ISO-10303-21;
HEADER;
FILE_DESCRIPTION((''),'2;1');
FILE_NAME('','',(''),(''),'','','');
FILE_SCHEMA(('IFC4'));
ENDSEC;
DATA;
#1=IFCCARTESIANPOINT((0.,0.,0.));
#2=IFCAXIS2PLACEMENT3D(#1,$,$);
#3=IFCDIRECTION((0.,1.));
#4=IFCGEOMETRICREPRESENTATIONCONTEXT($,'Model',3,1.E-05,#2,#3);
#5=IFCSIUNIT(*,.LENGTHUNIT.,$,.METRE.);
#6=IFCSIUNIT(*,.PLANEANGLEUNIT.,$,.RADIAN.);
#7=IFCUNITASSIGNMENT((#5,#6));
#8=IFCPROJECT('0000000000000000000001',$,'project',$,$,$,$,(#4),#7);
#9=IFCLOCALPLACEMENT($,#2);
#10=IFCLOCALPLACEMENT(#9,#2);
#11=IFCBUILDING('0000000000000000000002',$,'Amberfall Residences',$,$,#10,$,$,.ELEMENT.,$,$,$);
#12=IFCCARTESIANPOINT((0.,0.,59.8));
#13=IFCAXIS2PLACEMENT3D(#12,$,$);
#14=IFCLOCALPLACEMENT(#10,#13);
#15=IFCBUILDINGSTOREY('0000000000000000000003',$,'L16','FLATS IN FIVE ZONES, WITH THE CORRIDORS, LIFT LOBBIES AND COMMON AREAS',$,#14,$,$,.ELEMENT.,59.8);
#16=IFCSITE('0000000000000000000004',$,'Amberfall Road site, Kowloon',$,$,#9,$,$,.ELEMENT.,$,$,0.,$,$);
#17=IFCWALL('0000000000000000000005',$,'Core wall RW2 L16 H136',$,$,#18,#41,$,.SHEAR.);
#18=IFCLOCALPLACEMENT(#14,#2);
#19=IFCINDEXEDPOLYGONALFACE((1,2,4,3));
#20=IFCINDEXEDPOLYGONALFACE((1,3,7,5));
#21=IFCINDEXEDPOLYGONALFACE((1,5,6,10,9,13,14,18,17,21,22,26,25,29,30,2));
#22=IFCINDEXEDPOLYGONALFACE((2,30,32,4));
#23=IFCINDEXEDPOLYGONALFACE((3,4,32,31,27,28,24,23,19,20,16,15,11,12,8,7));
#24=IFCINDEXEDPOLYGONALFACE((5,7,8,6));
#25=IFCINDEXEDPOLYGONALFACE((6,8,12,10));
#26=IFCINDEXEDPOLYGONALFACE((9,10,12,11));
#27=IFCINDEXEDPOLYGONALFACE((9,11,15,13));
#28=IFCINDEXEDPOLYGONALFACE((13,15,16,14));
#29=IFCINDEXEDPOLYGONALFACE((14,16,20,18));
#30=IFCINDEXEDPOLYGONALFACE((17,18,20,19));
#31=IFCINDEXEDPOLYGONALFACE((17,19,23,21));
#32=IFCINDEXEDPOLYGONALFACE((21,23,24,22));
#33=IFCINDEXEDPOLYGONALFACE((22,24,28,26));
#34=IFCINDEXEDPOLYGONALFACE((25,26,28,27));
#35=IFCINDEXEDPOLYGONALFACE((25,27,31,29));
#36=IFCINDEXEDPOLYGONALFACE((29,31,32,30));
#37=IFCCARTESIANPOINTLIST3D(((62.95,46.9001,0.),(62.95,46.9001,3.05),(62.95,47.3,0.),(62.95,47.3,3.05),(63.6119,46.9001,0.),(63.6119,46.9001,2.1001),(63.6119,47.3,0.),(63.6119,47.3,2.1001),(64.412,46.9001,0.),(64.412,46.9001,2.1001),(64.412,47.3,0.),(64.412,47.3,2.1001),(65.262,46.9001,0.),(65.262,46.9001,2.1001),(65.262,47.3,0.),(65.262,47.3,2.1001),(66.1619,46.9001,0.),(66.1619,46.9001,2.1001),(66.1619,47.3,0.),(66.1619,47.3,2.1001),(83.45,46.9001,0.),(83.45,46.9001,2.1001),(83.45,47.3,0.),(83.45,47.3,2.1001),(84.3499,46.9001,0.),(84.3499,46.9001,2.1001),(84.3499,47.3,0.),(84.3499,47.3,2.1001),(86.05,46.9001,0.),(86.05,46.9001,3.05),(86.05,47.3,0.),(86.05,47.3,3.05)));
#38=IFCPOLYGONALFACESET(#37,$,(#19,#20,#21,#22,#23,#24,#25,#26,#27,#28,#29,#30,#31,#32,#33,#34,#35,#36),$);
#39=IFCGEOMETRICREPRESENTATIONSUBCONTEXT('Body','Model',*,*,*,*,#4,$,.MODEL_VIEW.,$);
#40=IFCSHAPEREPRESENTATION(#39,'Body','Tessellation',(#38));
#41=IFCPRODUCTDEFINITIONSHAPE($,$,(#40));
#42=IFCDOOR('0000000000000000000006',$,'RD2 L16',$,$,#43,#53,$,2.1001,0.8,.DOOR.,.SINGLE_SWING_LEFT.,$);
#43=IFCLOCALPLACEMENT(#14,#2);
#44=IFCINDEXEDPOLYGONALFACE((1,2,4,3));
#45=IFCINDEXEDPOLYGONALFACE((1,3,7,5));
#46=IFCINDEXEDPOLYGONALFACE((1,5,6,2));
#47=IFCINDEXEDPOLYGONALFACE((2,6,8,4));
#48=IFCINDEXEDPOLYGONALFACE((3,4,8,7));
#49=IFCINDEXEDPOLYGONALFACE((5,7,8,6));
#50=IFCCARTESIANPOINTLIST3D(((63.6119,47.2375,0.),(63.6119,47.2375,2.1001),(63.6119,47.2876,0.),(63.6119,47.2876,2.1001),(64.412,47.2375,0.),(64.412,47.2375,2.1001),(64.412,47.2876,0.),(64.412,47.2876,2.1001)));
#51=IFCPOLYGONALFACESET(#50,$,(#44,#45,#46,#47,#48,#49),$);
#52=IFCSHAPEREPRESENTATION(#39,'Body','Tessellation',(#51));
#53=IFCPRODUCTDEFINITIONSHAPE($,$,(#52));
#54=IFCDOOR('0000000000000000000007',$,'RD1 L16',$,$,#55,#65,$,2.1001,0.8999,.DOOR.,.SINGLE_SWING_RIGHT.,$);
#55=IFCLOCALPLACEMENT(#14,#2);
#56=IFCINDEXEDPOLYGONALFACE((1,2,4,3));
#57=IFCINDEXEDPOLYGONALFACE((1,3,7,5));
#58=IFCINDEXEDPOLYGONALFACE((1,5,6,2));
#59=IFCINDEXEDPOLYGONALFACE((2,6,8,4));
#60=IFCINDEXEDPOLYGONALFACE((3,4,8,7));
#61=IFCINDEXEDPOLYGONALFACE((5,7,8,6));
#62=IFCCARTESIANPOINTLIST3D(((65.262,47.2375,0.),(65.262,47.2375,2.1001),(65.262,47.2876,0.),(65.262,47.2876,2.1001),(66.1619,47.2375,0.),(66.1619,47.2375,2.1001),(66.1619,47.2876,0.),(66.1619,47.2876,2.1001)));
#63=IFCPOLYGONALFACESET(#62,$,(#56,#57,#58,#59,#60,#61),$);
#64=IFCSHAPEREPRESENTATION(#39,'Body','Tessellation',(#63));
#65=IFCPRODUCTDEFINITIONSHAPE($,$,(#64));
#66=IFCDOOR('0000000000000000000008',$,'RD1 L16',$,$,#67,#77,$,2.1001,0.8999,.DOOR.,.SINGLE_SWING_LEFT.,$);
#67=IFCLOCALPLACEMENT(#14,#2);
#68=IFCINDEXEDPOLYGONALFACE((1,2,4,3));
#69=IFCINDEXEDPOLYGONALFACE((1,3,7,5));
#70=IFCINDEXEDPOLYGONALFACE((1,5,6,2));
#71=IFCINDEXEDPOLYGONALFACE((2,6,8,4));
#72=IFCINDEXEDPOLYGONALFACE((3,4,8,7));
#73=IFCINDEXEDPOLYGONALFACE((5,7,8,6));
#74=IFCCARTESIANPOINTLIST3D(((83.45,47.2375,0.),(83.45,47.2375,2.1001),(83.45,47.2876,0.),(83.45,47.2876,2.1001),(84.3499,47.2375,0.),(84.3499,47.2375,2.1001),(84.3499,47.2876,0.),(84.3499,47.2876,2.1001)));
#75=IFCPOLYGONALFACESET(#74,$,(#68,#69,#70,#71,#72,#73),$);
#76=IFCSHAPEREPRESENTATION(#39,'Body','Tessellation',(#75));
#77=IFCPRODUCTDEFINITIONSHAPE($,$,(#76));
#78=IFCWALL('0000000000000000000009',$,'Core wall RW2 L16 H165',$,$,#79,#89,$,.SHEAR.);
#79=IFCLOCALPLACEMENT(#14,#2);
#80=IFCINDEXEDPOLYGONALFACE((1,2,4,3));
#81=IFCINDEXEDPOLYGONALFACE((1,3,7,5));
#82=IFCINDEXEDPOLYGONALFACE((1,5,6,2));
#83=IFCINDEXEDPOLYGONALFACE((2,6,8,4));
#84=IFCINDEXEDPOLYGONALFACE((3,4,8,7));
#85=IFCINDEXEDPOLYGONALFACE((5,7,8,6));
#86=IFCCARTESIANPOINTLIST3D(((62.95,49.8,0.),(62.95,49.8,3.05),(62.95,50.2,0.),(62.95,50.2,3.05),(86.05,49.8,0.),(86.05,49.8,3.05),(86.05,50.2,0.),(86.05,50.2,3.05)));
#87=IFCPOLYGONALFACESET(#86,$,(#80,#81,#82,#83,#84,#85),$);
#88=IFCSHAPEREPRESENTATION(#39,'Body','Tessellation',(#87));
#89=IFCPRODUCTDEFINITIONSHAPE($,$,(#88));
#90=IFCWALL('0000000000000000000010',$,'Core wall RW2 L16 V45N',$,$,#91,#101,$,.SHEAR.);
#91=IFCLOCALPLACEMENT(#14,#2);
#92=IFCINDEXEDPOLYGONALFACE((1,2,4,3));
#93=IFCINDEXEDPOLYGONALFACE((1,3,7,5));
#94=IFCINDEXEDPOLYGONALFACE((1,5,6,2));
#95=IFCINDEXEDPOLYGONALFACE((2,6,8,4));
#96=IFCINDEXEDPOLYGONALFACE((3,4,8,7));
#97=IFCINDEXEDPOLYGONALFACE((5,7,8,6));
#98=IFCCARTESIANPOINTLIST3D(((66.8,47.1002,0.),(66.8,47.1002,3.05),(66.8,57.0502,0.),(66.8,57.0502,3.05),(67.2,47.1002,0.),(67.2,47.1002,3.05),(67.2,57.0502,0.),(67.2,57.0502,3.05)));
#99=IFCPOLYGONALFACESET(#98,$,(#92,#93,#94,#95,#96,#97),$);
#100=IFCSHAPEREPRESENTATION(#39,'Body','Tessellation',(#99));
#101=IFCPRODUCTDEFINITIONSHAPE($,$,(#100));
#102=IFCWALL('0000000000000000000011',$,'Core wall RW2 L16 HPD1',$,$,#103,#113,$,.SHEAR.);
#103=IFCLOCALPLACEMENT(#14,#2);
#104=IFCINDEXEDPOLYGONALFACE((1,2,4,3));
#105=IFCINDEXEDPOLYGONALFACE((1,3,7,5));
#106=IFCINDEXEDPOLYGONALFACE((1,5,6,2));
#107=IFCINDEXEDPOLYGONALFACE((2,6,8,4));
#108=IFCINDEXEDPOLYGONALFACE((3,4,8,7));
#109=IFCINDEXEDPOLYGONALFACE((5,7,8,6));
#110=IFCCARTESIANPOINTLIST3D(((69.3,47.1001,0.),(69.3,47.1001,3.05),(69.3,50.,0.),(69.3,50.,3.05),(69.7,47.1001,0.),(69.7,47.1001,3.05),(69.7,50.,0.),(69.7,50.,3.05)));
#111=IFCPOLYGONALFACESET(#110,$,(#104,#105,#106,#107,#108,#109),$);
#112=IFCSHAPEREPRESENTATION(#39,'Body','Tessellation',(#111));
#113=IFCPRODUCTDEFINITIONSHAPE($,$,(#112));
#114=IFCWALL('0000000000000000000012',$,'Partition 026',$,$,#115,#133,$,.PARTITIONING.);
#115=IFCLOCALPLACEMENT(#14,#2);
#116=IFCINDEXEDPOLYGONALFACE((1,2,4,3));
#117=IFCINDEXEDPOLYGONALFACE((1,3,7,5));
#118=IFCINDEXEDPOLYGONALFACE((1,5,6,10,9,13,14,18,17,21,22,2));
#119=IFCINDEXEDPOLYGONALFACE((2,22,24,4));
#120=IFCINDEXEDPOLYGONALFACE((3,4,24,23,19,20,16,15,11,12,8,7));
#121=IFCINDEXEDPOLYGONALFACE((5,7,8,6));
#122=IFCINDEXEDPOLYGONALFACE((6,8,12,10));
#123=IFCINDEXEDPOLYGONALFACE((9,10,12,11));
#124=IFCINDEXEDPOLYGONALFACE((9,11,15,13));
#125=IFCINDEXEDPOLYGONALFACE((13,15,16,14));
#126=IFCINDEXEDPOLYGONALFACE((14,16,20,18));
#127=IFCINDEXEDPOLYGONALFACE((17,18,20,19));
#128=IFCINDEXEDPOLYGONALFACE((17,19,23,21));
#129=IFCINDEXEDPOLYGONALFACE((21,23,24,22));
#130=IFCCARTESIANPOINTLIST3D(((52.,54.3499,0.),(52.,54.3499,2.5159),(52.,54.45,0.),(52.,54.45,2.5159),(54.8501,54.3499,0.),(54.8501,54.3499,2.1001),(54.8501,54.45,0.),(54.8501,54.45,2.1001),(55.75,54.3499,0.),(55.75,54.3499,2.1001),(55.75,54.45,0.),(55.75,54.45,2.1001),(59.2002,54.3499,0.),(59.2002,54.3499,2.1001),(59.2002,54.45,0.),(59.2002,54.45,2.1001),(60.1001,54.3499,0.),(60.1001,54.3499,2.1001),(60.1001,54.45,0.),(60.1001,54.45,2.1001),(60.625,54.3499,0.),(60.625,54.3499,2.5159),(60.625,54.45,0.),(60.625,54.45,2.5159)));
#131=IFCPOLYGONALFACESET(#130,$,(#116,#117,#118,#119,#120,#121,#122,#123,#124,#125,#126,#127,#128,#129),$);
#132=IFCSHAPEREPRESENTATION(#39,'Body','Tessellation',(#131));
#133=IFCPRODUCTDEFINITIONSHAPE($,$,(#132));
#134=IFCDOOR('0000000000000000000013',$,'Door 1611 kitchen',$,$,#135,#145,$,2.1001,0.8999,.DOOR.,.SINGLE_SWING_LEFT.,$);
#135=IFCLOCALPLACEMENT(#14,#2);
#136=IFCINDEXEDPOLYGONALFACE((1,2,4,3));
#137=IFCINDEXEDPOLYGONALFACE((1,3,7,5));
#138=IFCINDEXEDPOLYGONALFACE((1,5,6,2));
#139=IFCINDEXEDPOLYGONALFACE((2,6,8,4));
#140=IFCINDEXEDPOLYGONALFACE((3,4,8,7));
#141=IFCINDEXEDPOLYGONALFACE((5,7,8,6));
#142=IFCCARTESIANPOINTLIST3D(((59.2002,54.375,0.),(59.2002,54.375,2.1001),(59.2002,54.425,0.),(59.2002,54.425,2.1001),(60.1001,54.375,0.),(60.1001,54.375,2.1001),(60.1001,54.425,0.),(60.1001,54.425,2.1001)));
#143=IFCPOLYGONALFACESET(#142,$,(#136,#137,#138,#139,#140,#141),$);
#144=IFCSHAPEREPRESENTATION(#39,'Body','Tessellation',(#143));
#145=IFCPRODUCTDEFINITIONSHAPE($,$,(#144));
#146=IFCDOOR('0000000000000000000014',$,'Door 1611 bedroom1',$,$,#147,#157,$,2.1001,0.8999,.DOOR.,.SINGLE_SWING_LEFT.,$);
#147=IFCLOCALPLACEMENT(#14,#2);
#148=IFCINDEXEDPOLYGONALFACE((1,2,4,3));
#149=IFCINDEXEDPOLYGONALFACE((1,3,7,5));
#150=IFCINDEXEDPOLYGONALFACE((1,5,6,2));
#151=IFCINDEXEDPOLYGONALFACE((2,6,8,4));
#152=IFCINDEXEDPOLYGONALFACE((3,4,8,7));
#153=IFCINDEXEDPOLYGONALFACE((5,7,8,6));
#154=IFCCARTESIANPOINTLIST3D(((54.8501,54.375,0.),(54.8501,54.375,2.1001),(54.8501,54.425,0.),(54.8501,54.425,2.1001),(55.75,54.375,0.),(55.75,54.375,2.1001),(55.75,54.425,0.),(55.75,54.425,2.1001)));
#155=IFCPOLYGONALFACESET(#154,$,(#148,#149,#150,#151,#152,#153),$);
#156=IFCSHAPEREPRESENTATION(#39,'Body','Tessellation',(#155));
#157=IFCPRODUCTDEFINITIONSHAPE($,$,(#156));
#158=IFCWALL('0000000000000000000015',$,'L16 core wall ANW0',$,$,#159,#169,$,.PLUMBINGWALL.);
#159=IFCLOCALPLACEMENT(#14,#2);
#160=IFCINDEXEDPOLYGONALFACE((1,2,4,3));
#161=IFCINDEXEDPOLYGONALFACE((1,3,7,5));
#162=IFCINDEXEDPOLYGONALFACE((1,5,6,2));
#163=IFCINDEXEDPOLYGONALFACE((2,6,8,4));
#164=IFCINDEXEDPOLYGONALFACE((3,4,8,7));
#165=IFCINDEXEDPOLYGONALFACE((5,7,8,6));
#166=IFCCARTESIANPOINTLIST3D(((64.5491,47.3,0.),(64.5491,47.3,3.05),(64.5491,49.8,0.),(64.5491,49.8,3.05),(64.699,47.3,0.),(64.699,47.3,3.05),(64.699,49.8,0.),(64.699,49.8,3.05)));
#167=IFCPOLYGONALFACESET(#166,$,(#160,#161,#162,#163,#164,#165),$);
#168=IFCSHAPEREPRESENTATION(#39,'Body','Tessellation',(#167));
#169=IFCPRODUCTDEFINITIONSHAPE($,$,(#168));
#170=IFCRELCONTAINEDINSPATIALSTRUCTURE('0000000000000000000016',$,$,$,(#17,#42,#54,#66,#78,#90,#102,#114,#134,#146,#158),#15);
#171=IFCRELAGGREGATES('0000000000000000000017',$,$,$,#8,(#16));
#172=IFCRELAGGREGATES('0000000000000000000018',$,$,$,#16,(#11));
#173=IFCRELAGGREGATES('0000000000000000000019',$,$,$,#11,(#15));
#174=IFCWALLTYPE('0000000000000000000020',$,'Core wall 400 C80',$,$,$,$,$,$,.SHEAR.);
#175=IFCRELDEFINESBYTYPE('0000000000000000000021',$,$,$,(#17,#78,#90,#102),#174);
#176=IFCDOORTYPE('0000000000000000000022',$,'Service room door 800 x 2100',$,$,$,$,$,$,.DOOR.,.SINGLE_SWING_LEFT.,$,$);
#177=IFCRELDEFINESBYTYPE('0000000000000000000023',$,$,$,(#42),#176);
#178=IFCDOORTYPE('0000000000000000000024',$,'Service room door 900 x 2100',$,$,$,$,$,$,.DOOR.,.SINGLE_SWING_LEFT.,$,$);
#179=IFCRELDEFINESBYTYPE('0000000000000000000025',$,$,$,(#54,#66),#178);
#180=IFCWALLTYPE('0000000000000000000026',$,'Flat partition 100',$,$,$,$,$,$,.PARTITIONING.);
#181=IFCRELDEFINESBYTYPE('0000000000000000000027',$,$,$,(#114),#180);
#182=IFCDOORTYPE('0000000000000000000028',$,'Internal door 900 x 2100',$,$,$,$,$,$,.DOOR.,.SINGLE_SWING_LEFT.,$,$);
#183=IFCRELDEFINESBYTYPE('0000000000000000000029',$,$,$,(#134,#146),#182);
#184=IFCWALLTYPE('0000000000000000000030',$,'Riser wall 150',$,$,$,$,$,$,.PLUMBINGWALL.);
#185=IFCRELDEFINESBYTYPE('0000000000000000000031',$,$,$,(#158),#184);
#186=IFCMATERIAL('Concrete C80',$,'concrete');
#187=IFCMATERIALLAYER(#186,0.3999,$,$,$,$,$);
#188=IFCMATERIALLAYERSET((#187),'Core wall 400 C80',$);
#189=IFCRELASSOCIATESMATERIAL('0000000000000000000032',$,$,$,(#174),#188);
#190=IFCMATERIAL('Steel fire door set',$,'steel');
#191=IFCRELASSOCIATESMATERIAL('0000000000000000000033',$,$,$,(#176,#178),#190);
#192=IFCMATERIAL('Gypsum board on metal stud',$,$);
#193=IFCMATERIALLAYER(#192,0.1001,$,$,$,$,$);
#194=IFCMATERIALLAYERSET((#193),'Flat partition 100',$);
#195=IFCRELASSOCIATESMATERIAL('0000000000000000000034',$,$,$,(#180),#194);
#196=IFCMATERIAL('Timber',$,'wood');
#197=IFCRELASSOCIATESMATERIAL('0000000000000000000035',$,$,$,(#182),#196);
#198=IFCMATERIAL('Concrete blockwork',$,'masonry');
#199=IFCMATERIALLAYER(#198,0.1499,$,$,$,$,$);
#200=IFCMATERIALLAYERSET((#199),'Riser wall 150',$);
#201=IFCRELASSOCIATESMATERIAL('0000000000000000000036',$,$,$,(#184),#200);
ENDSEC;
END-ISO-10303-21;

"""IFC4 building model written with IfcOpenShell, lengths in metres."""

from ifc_helpers import new_model, si_unit, direction, frame, frame_2d, origin, place, context, subcontext, project, spatial, rectangle, extrude, material, layer, layer_set, type_object, element, fill, save


model = new_model("IFC4")

# Units and contexts
model_context = context("Model", 3, precision=1e-05, world=origin(), true_north=direction((0.0, 1.0)))
body_context = subcontext(model_context, "Body", "Model", "MODEL_VIEW")
ifc_project = project(units=[si_unit("LENGTHUNIT", "METRE"), si_unit("PLANEANGLEUNIT", "RADIAN")], contexts=[model_context])

# Site, building, storey
site_placement = place(None, origin())
site = spatial("IfcSite", under=ifc_project, at=site_placement, Name="Amberfall Road site, Kowloon", CompositionType="ELEMENT", RefElevation=0.0)
building_placement = place(site_placement, origin())
building = spatial("IfcBuilding", under=site, at=building_placement, Name="Amberfall Residences", CompositionType="ELEMENT")
storey_placement = place(building_placement, frame((0.0, 0.0, 59.8)))
storey = spatial("IfcBuildingStorey", under=building, at=storey_placement, Name="L16", Description="FLATS IN FIVE ZONES, WITH THE CORRIDORS, LIFT LOBBIES AND COMMON AREAS", CompositionType="ELEMENT", Elevation=59.8)

# Wall, openings, doors
ifc_material_1 = material(Name="Concrete C80", Category="concrete")
ifc_layer_1 = layer(ifc_material_1, 0.3999)
ifc_layer_set_1 = layer_set([ifc_layer_1], Name="Core wall 400 C80")
wall_type_1 = type_object("IfcWallType", Name="Core wall 400 C80", PredefinedType="SHEAR", material=ifc_layer_set_1)
wall_1_placement = place(storey_placement, frame((62.95, 47.1001, 0.0), z_axis=(0.0, 0.0, 1.0), x_axis=(1.0, 0.0, 0.0)))
wall_1 = element("IfcWall", 1, at=wall_1_placement, inside=storey, type_object=wall_type_1, Name="Core wall RW2 L16 H136", PredefinedType="SHEAR", context=body_context, shape_type="SweptSolid", body=[
    extrude(rectangle(XDim=23.1001, YDim=0.3999, at=frame_2d((11.55, 0.0))), origin(), (0.0, 0.0, 1.0), 3.05),
])
opening_1_placement = place(wall_1_placement, frame((0.6621, 0.0, 0.0)))
opening_1 = element("IfcOpeningElement", 2, at=opening_1_placement, cuts=wall_1, PredefinedType="OPENING", context=body_context, shape_type="SweptSolid", body=[
    extrude(rectangle(XDim=0.8, YDim=2.1001, at=frame_2d((0.3999, 1.05))), frame((0.0, 0.21, 0.0), z_axis=(0.0, -1.0, 0.0), x_axis=(1.0, 0.0, 0.0)), (0.0, 0.0, 1.0), 0.4199),
])
opening_2_placement = place(wall_1_placement, frame((2.312, 0.0, 0.0)))
opening_2 = element("IfcOpeningElement", 3, at=opening_2_placement, cuts=wall_1, PredefinedType="OPENING", context=body_context, shape_type="SweptSolid", body=[
    extrude(rectangle(XDim=0.8999, YDim=2.1001, at=frame_2d((0.45, 1.05))), frame((0.0, 0.21, 0.0), z_axis=(0.0, -1.0, 0.0), x_axis=(1.0, 0.0, 0.0)), (0.0, 0.0, 1.0), 0.4199),
])
opening_3_placement = place(wall_1_placement, frame((20.5, 0.0, 0.0)))
opening_3 = element("IfcOpeningElement", 4, at=opening_3_placement, cuts=wall_1, PredefinedType="OPENING", context=body_context, shape_type="SweptSolid", body=[
    extrude(rectangle(XDim=0.8999, YDim=2.1001, at=frame_2d((0.45, 1.05))), frame((0.0, 0.21, 0.0), z_axis=(0.0, -1.0, 0.0), x_axis=(1.0, 0.0, 0.0)), (0.0, 0.0, 1.0), 0.4199),
])
ifc_material_2 = material(Name="Steel fire door set", Category="steel")
door_type_1 = type_object("IfcDoorType", Name="Service room door 800 x 2100", OperationType="SINGLE_SWING_LEFT", PredefinedType="DOOR", material=ifc_material_2)
door_1_placement = place(opening_1_placement, origin())
door_1 = element("IfcDoor", 5, at=door_1_placement, inside=storey, type_object=door_type_1, Name="RD2 L16", OperationType="SINGLE_SWING_LEFT", OverallHeight=2.1001, OverallWidth=0.8, PredefinedType="DOOR", context=body_context, shape_type="SweptSolid", body=[
    extrude(rectangle(XDim=0.8, YDim=2.1001, at=frame_2d((0.3999, 1.05))), frame((0.0, 0.1875, 0.0), z_axis=(0.0, -1.0, 0.0), x_axis=(1.0, 0.0, 0.0)), (0.0, 0.0, 1.0), 0.05),
])
fill(opening_1, door_1)
door_type_2 = type_object("IfcDoorType", Name="Service room door 900 x 2100", OperationType="SINGLE_SWING_LEFT", PredefinedType="DOOR", material=ifc_material_2)
door_2_placement = place(opening_2_placement, origin())
door_2 = element("IfcDoor", 6, at=door_2_placement, inside=storey, type_object=door_type_2, Name="RD1 L16", OperationType="SINGLE_SWING_RIGHT", OverallHeight=2.1001, OverallWidth=0.8999, PredefinedType="DOOR", context=body_context, shape_type="SweptSolid", body=[
    extrude(rectangle(XDim=0.8999, YDim=2.1001, at=frame_2d((0.45, 1.05))), frame((0.0, 0.1875, 0.0), z_axis=(0.0, -1.0, 0.0), x_axis=(1.0, 0.0, 0.0)), (0.0, 0.0, 1.0), 0.05),
])
fill(opening_2, door_2)
door_3_placement = place(opening_3_placement, origin())
door_3 = element("IfcDoor", 7, at=door_3_placement, inside=storey, type_object=door_type_2, Name="RD1 L16", OperationType="SINGLE_SWING_LEFT", OverallHeight=2.1001, OverallWidth=0.8999, PredefinedType="DOOR", context=body_context, shape_type="SweptSolid", body=[
    extrude(rectangle(XDim=0.8999, YDim=2.1001, at=frame_2d((0.45, 1.05))), frame((0.0, 0.1875, 0.0), z_axis=(0.0, -1.0, 0.0), x_axis=(1.0, 0.0, 0.0)), (0.0, 0.0, 1.0), 0.05),
])
fill(opening_3, door_3)

# Walls
wall_2_placement = place(storey_placement, frame((62.95, 50.0, 0.0), z_axis=(0.0, 0.0, 1.0), x_axis=(1.0, 0.0, 0.0)))
element("IfcWall", 8, at=wall_2_placement, inside=storey, type_object=wall_type_1, Name="Core wall RW2 L16 H165", PredefinedType="SHEAR", context=body_context, shape_type="SweptSolid", body=[
    extrude(rectangle(XDim=23.1001, YDim=0.3999, at=frame_2d((11.55, 0.0))), origin(), (0.0, 0.0, 1.0), 3.05),
])
wall_3_placement = place(storey_placement, frame((67.0, 47.1001, 0.0), z_axis=(0.0, 0.0, 1.0), x_axis=(0.0, 1.0, 0.0)))
element("IfcWall", 9, at=wall_3_placement, inside=storey, type_object=wall_type_1, Name="Core wall RW2 L16 V45N", PredefinedType="SHEAR", context=body_context, shape_type="SweptSolid", body=[
    extrude(rectangle(XDim=9.95, YDim=0.3999, at=frame_2d((4.9751, 0.0))), origin(), (0.0, 0.0, 1.0), 3.05),
])
wall_4_placement = place(storey_placement, frame((69.5, 47.1001, 0.0), z_axis=(0.0, 0.0, 1.0), x_axis=(0.0, 1.0, 0.0)))
element("IfcWall", 10, at=wall_4_placement, inside=storey, type_object=wall_type_1, Name="Core wall RW2 L16 HPD1", PredefinedType="SHEAR", context=body_context, shape_type="SweptSolid", body=[
    extrude(rectangle(XDim=2.8999, YDim=0.3999, at=frame_2d((1.45, 0.0))), origin(), (0.0, 0.0, 1.0), 3.05),
])

# Wall, openings, doors
ifc_material_3 = material(Name="Gypsum board on metal stud")
ifc_layer_2 = layer(ifc_material_3, 0.1001)
ifc_layer_set_2 = layer_set([ifc_layer_2], Name="Flat partition 100")
wall_type_2 = type_object("IfcWallType", Name="Flat partition 100", PredefinedType="PARTITIONING", material=ifc_layer_set_2)
wall_5_placement = place(storey_placement, frame((60.625, 54.3999, 0.0), z_axis=(0.0, 0.0, 1.0), x_axis=(-1.0, 0.0, 0.0)))
wall_5 = element("IfcWall", 11, at=wall_5_placement, inside=storey, type_object=wall_type_2, Name="Partition 026", PredefinedType="PARTITIONING", context=body_context, shape_type="SweptSolid", body=[
    extrude(rectangle(XDim=8.625, YDim=0.1001, at=frame_2d((4.3125, 0.0))), origin(), (0.0, 0.0, 1.0), 2.5159),
])
opening_4_placement = place(wall_5_placement, frame((0.5249, 0.0, 0.0)))
opening_4 = element("IfcOpeningElement", 12, at=opening_4_placement, cuts=wall_5, PredefinedType="OPENING", context=body_context, shape_type="SweptSolid", body=[
    extrude(rectangle(XDim=0.8999, YDim=2.1001, at=frame_2d((0.45, 1.05))), frame((0.0, 0.0601, 0.0), z_axis=(0.0, -1.0, 0.0), x_axis=(1.0, 0.0, 0.0)), (0.0, 0.0, 1.0), 0.1201),
])
opening_5_placement = place(wall_5_placement, frame((4.875, 0.0, 0.0)))
opening_5 = element("IfcOpeningElement", 13, at=opening_5_placement, cuts=wall_5, PredefinedType="OPENING", context=body_context, shape_type="SweptSolid", body=[
    extrude(rectangle(XDim=0.8999, YDim=2.1001, at=frame_2d((0.45, 1.05))), frame((0.0, 0.0601, 0.0), z_axis=(0.0, -1.0, 0.0), x_axis=(1.0, 0.0, 0.0)), (0.0, 0.0, 1.0), 0.1201),
])
ifc_material_4 = material(Name="Timber", Category="wood")
door_type_3 = type_object("IfcDoorType", Name="Internal door 900 x 2100", OperationType="SINGLE_SWING_LEFT", PredefinedType="DOOR", material=ifc_material_4)
door_4_placement = place(opening_4_placement, origin())
door_4 = element("IfcDoor", 14, at=door_4_placement, inside=storey, type_object=door_type_3, Name="Door 1611 kitchen", OperationType="SINGLE_SWING_LEFT", OverallHeight=2.1001, OverallWidth=0.8999, PredefinedType="DOOR", context=body_context, shape_type="SweptSolid", body=[
    extrude(rectangle(XDim=0.8999, YDim=2.1001, at=frame_2d((0.45, 1.05))), frame((0.0, 0.0249, 0.0), z_axis=(0.0, -1.0, 0.0), x_axis=(1.0, 0.0, 0.0)), (0.0, 0.0, 1.0), 0.05),
])
fill(opening_4, door_4)
door_5_placement = place(opening_5_placement, origin())
door_5 = element("IfcDoor", 15, at=door_5_placement, inside=storey, type_object=door_type_3, Name="Door 1611 bedroom1", OperationType="SINGLE_SWING_LEFT", OverallHeight=2.1001, OverallWidth=0.8999, PredefinedType="DOOR", context=body_context, shape_type="SweptSolid", body=[
    extrude(rectangle(XDim=0.8999, YDim=2.1001, at=frame_2d((0.45, 1.05))), frame((0.0, 0.0249, 0.0), z_axis=(0.0, -1.0, 0.0), x_axis=(1.0, 0.0, 0.0)), (0.0, 0.0, 1.0), 0.05),
])
fill(opening_5, door_5)

# Wall
ifc_material_5 = material(Name="Concrete blockwork", Category="masonry")
ifc_layer_3 = layer(ifc_material_5, 0.1499)
ifc_layer_set_3 = layer_set([ifc_layer_3], Name="Riser wall 150")
wall_type_3 = type_object("IfcWallType", Name="Riser wall 150", PredefinedType="PLUMBINGWALL", material=ifc_layer_set_3)
wall_6_placement = place(storey_placement, frame((64.624, 47.3, 0.0), z_axis=(0.0, 0.0, 1.0), x_axis=(0.0, 1.0, 0.0)))
element("IfcWall", 16, at=wall_6_placement, inside=storey, type_object=wall_type_3, Name="L16 core wall ANW0", PredefinedType="PLUMBINGWALL", context=body_context, shape_type="SweptSolid", body=[
    extrude(rectangle(XDim=2.5, YDim=0.1499, at=frame_2d((1.25, 0.0))), origin(), (0.0, 0.0, 1.0), 3.05),
])

save(model, "model.ifc")
